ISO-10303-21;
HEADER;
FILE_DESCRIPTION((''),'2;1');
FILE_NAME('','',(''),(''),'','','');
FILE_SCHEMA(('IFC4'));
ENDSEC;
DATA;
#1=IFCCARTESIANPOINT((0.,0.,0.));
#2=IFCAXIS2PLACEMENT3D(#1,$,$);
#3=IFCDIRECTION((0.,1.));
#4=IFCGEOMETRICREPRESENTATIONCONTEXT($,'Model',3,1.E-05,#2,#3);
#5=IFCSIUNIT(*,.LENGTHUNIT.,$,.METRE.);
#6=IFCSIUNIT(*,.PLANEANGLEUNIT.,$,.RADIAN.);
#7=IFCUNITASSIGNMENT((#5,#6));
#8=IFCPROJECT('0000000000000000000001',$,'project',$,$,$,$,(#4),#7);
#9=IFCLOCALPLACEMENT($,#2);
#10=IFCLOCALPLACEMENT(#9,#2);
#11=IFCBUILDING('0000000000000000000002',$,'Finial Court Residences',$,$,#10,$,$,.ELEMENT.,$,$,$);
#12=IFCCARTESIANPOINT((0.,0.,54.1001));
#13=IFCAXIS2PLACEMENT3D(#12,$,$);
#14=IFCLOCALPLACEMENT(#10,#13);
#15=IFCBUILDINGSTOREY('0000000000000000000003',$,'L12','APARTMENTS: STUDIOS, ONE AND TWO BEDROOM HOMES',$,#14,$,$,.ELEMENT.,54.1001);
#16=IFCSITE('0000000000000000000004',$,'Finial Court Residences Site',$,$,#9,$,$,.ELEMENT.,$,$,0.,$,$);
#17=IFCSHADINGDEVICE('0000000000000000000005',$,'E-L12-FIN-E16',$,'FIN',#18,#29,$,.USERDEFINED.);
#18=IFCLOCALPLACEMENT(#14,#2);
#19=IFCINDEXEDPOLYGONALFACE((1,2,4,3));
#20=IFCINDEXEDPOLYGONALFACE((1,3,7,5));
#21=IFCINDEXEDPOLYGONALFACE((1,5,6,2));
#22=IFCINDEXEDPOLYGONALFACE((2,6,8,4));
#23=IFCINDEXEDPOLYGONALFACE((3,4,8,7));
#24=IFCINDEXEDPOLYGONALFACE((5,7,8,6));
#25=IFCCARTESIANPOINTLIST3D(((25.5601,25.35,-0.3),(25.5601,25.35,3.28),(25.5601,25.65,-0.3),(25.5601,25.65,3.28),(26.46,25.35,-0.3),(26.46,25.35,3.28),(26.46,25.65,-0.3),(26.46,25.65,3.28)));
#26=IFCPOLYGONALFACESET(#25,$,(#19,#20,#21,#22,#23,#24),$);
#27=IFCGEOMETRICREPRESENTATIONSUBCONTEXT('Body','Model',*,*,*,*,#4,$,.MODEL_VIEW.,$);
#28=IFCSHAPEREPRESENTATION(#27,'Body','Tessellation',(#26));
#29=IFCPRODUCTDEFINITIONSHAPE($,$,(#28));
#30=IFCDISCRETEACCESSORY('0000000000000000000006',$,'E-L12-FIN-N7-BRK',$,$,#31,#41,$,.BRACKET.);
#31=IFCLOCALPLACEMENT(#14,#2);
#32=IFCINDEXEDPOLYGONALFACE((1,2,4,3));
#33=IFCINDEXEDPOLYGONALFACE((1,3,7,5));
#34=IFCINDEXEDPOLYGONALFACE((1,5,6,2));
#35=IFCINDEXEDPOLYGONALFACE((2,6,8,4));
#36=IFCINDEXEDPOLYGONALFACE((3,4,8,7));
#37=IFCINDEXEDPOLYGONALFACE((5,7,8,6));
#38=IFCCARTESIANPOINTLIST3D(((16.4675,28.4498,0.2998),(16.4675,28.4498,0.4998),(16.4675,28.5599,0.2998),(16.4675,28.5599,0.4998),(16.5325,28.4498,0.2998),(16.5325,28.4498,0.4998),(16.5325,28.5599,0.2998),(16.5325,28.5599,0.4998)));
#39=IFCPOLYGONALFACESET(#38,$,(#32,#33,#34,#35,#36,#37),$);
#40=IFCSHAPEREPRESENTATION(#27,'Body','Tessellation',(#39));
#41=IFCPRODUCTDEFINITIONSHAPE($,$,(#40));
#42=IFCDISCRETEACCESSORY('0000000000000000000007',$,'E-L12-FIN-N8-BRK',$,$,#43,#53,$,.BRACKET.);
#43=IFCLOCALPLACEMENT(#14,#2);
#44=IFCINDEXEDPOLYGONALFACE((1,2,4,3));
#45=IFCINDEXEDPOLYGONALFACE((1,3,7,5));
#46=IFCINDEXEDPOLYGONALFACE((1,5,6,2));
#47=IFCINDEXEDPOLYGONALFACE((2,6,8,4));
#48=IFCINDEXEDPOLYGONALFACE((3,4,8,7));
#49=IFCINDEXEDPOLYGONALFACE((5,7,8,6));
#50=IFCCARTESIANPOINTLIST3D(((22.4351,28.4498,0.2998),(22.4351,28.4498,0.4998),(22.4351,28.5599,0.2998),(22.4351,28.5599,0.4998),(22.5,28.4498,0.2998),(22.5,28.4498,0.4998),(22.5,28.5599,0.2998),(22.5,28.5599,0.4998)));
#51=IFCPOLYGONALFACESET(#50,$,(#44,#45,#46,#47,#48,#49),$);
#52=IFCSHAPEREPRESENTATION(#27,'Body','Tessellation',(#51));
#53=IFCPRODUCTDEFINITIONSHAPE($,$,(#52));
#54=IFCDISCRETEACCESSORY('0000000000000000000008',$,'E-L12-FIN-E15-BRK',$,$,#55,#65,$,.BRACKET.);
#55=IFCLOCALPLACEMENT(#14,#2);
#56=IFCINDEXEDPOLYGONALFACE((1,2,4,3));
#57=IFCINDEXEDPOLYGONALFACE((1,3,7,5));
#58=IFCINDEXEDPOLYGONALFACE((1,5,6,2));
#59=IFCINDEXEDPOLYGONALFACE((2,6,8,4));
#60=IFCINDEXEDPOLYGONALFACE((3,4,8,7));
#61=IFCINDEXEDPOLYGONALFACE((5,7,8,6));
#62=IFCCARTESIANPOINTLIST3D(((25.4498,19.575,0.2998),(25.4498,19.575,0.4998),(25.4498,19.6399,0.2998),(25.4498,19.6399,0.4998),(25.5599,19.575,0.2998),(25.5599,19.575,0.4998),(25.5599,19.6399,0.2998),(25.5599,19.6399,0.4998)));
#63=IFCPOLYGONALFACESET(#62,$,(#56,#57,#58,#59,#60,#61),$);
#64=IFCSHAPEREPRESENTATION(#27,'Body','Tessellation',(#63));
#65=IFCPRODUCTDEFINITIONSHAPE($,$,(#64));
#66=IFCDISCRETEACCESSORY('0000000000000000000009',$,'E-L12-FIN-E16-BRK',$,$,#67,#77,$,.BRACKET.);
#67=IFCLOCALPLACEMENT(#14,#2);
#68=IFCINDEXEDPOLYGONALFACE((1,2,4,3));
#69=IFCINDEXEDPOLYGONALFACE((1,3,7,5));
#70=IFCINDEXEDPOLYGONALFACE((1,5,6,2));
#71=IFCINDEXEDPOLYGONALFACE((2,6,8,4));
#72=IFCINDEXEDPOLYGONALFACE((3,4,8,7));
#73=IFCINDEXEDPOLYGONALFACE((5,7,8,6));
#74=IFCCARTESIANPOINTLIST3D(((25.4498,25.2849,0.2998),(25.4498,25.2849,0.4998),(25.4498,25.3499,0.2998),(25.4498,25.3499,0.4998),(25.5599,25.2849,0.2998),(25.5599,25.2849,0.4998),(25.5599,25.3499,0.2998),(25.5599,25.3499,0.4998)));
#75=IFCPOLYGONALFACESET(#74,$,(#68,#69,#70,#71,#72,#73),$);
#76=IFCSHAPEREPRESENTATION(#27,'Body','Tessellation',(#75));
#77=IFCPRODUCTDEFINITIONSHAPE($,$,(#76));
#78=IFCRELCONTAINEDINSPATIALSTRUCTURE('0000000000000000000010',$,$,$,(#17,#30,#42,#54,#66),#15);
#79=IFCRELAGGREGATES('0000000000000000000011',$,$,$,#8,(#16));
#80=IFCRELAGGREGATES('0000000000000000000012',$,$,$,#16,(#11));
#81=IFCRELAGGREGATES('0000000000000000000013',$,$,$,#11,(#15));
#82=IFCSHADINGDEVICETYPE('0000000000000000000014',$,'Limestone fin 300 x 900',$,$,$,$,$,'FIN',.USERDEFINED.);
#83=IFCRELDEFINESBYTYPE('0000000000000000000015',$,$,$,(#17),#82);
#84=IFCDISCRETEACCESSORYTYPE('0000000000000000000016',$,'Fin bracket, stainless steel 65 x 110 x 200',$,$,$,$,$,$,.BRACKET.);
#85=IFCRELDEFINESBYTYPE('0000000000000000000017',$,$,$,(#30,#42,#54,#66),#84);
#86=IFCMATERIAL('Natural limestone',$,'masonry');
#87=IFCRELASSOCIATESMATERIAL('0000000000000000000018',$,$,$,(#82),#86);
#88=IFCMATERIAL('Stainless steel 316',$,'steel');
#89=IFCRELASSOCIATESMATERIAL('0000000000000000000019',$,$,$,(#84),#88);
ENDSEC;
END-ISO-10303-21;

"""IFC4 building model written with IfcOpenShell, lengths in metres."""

from ifc_helpers import new_model, si_unit, direction, frame, origin, origin_2d, place, context, subcontext, project, spatial, rectangle, extrude, material, type_object, element, save


model = new_model("IFC4")

# Units and contexts
model_context = context("Model", 3, precision=1e-05, world=origin(), true_north=direction((0.0, 1.0)))
body_context = subcontext(model_context, "Body", "Model", "MODEL_VIEW")
ifc_project = project(units=[si_unit("LENGTHUNIT", "METRE"), si_unit("PLANEANGLEUNIT", "RADIAN")], contexts=[model_context])

# Site, building, storey
site_placement = place(None, origin())
site = spatial("IfcSite", under=ifc_project, at=site_placement, Name="Finial Court Residences Site", CompositionType="ELEMENT", RefElevation=0.0)
building_placement = place(site_placement, origin())
building = spatial("IfcBuilding", under=site, at=building_placement, Name="Finial Court Residences", CompositionType="ELEMENT")
storey_placement = place(building_placement, frame((0.0, 0.0, 54.1001)))
storey = spatial("IfcBuildingStorey", under=building, at=storey_placement, Name="L12", Description="APARTMENTS: STUDIOS, ONE AND TWO BEDROOM HOMES", CompositionType="ELEMENT", Elevation=54.1001)

# Shared definitions
ifc_material_1 = material(Name="Natural limestone", Category="masonry")

# Shading device
shading_device_type = type_object("IfcShadingDeviceType", Name="Limestone fin 300 x 900", ElementType="FIN", PredefinedType="USERDEFINED", material=ifc_material_1)
for number, where, z_axis, x_axis, name in (
    (1, (26.01, 25.5, -0.3), (0.0, 0.0, 1.0), (1.0, 0.0, 0.0), "E-L12-FIN-E16"),
):
    element("IfcShadingDevice", number, at=place(storey_placement, frame(where, z_axis=z_axis, x_axis=x_axis)), inside=storey, type_object=shading_device_type, Name=name, ObjectType="FIN", PredefinedType="USERDEFINED", context=body_context, shape_type="SweptSolid", body=[
        extrude(rectangle(XDim=0.8999, YDim=0.3, at=origin_2d()), origin(), (0.0, 0.0, 1.0), 3.5801),
    ])

# Discrete accessories
ifc_material_2 = material(Name="Stainless steel 316", Category="steel")
discrete_accessory_type = type_object("IfcDiscreteAccessoryType", Name="Fin bracket, stainless steel 65 x 110 x 200", PredefinedType="BRACKET", material=ifc_material_2)
for number, where, z_axis, x_axis, name in (
    (2, (16.5, 28.5049, 0.2998), (0.0, 0.0, 1.0), (1.0, 0.0, 0.0), "E-L12-FIN-N7-BRK"),
    (3, (22.4675, 28.5049, 0.2998), (0.0, 0.0, 1.0), (1.0, 0.0, 0.0), "E-L12-FIN-N8-BRK"),
):
    element("IfcDiscreteAccessory", number, at=place(storey_placement, frame(where, z_axis=z_axis, x_axis=x_axis)), inside=storey, type_object=discrete_accessory_type, Name=name, PredefinedType="BRACKET", context=body_context, shape_type="SweptSolid", body=[
        extrude(rectangle(XDim=0.0649, YDim=0.1101, at=origin_2d()), origin(), (0.0, 0.0, 1.0), 0.2),
    ])
for number, where, z_axis, x_axis, name in (
    (4, (25.5049, 19.6074, 0.2998), (0.0, 0.0, 1.0), (1.0, 0.0, 0.0), "E-L12-FIN-E15-BRK"),
    (5, (25.5049, 25.3174, 0.2998), (0.0, 0.0, 1.0), (1.0, 0.0, 0.0), "E-L12-FIN-E16-BRK"),
):
    element("IfcDiscreteAccessory", number, at=place(storey_placement, frame(where, z_axis=z_axis, x_axis=x_axis)), inside=storey, type_object=discrete_accessory_type, Name=name, PredefinedType="BRACKET", context=body_context, shape_type="SweptSolid", body=[
        extrude(rectangle(XDim=0.1101, YDim=0.0649, at=origin_2d()), origin(), (0.0, 0.0, 1.0), 0.2),
    ])

save(model, "model.ifc")
